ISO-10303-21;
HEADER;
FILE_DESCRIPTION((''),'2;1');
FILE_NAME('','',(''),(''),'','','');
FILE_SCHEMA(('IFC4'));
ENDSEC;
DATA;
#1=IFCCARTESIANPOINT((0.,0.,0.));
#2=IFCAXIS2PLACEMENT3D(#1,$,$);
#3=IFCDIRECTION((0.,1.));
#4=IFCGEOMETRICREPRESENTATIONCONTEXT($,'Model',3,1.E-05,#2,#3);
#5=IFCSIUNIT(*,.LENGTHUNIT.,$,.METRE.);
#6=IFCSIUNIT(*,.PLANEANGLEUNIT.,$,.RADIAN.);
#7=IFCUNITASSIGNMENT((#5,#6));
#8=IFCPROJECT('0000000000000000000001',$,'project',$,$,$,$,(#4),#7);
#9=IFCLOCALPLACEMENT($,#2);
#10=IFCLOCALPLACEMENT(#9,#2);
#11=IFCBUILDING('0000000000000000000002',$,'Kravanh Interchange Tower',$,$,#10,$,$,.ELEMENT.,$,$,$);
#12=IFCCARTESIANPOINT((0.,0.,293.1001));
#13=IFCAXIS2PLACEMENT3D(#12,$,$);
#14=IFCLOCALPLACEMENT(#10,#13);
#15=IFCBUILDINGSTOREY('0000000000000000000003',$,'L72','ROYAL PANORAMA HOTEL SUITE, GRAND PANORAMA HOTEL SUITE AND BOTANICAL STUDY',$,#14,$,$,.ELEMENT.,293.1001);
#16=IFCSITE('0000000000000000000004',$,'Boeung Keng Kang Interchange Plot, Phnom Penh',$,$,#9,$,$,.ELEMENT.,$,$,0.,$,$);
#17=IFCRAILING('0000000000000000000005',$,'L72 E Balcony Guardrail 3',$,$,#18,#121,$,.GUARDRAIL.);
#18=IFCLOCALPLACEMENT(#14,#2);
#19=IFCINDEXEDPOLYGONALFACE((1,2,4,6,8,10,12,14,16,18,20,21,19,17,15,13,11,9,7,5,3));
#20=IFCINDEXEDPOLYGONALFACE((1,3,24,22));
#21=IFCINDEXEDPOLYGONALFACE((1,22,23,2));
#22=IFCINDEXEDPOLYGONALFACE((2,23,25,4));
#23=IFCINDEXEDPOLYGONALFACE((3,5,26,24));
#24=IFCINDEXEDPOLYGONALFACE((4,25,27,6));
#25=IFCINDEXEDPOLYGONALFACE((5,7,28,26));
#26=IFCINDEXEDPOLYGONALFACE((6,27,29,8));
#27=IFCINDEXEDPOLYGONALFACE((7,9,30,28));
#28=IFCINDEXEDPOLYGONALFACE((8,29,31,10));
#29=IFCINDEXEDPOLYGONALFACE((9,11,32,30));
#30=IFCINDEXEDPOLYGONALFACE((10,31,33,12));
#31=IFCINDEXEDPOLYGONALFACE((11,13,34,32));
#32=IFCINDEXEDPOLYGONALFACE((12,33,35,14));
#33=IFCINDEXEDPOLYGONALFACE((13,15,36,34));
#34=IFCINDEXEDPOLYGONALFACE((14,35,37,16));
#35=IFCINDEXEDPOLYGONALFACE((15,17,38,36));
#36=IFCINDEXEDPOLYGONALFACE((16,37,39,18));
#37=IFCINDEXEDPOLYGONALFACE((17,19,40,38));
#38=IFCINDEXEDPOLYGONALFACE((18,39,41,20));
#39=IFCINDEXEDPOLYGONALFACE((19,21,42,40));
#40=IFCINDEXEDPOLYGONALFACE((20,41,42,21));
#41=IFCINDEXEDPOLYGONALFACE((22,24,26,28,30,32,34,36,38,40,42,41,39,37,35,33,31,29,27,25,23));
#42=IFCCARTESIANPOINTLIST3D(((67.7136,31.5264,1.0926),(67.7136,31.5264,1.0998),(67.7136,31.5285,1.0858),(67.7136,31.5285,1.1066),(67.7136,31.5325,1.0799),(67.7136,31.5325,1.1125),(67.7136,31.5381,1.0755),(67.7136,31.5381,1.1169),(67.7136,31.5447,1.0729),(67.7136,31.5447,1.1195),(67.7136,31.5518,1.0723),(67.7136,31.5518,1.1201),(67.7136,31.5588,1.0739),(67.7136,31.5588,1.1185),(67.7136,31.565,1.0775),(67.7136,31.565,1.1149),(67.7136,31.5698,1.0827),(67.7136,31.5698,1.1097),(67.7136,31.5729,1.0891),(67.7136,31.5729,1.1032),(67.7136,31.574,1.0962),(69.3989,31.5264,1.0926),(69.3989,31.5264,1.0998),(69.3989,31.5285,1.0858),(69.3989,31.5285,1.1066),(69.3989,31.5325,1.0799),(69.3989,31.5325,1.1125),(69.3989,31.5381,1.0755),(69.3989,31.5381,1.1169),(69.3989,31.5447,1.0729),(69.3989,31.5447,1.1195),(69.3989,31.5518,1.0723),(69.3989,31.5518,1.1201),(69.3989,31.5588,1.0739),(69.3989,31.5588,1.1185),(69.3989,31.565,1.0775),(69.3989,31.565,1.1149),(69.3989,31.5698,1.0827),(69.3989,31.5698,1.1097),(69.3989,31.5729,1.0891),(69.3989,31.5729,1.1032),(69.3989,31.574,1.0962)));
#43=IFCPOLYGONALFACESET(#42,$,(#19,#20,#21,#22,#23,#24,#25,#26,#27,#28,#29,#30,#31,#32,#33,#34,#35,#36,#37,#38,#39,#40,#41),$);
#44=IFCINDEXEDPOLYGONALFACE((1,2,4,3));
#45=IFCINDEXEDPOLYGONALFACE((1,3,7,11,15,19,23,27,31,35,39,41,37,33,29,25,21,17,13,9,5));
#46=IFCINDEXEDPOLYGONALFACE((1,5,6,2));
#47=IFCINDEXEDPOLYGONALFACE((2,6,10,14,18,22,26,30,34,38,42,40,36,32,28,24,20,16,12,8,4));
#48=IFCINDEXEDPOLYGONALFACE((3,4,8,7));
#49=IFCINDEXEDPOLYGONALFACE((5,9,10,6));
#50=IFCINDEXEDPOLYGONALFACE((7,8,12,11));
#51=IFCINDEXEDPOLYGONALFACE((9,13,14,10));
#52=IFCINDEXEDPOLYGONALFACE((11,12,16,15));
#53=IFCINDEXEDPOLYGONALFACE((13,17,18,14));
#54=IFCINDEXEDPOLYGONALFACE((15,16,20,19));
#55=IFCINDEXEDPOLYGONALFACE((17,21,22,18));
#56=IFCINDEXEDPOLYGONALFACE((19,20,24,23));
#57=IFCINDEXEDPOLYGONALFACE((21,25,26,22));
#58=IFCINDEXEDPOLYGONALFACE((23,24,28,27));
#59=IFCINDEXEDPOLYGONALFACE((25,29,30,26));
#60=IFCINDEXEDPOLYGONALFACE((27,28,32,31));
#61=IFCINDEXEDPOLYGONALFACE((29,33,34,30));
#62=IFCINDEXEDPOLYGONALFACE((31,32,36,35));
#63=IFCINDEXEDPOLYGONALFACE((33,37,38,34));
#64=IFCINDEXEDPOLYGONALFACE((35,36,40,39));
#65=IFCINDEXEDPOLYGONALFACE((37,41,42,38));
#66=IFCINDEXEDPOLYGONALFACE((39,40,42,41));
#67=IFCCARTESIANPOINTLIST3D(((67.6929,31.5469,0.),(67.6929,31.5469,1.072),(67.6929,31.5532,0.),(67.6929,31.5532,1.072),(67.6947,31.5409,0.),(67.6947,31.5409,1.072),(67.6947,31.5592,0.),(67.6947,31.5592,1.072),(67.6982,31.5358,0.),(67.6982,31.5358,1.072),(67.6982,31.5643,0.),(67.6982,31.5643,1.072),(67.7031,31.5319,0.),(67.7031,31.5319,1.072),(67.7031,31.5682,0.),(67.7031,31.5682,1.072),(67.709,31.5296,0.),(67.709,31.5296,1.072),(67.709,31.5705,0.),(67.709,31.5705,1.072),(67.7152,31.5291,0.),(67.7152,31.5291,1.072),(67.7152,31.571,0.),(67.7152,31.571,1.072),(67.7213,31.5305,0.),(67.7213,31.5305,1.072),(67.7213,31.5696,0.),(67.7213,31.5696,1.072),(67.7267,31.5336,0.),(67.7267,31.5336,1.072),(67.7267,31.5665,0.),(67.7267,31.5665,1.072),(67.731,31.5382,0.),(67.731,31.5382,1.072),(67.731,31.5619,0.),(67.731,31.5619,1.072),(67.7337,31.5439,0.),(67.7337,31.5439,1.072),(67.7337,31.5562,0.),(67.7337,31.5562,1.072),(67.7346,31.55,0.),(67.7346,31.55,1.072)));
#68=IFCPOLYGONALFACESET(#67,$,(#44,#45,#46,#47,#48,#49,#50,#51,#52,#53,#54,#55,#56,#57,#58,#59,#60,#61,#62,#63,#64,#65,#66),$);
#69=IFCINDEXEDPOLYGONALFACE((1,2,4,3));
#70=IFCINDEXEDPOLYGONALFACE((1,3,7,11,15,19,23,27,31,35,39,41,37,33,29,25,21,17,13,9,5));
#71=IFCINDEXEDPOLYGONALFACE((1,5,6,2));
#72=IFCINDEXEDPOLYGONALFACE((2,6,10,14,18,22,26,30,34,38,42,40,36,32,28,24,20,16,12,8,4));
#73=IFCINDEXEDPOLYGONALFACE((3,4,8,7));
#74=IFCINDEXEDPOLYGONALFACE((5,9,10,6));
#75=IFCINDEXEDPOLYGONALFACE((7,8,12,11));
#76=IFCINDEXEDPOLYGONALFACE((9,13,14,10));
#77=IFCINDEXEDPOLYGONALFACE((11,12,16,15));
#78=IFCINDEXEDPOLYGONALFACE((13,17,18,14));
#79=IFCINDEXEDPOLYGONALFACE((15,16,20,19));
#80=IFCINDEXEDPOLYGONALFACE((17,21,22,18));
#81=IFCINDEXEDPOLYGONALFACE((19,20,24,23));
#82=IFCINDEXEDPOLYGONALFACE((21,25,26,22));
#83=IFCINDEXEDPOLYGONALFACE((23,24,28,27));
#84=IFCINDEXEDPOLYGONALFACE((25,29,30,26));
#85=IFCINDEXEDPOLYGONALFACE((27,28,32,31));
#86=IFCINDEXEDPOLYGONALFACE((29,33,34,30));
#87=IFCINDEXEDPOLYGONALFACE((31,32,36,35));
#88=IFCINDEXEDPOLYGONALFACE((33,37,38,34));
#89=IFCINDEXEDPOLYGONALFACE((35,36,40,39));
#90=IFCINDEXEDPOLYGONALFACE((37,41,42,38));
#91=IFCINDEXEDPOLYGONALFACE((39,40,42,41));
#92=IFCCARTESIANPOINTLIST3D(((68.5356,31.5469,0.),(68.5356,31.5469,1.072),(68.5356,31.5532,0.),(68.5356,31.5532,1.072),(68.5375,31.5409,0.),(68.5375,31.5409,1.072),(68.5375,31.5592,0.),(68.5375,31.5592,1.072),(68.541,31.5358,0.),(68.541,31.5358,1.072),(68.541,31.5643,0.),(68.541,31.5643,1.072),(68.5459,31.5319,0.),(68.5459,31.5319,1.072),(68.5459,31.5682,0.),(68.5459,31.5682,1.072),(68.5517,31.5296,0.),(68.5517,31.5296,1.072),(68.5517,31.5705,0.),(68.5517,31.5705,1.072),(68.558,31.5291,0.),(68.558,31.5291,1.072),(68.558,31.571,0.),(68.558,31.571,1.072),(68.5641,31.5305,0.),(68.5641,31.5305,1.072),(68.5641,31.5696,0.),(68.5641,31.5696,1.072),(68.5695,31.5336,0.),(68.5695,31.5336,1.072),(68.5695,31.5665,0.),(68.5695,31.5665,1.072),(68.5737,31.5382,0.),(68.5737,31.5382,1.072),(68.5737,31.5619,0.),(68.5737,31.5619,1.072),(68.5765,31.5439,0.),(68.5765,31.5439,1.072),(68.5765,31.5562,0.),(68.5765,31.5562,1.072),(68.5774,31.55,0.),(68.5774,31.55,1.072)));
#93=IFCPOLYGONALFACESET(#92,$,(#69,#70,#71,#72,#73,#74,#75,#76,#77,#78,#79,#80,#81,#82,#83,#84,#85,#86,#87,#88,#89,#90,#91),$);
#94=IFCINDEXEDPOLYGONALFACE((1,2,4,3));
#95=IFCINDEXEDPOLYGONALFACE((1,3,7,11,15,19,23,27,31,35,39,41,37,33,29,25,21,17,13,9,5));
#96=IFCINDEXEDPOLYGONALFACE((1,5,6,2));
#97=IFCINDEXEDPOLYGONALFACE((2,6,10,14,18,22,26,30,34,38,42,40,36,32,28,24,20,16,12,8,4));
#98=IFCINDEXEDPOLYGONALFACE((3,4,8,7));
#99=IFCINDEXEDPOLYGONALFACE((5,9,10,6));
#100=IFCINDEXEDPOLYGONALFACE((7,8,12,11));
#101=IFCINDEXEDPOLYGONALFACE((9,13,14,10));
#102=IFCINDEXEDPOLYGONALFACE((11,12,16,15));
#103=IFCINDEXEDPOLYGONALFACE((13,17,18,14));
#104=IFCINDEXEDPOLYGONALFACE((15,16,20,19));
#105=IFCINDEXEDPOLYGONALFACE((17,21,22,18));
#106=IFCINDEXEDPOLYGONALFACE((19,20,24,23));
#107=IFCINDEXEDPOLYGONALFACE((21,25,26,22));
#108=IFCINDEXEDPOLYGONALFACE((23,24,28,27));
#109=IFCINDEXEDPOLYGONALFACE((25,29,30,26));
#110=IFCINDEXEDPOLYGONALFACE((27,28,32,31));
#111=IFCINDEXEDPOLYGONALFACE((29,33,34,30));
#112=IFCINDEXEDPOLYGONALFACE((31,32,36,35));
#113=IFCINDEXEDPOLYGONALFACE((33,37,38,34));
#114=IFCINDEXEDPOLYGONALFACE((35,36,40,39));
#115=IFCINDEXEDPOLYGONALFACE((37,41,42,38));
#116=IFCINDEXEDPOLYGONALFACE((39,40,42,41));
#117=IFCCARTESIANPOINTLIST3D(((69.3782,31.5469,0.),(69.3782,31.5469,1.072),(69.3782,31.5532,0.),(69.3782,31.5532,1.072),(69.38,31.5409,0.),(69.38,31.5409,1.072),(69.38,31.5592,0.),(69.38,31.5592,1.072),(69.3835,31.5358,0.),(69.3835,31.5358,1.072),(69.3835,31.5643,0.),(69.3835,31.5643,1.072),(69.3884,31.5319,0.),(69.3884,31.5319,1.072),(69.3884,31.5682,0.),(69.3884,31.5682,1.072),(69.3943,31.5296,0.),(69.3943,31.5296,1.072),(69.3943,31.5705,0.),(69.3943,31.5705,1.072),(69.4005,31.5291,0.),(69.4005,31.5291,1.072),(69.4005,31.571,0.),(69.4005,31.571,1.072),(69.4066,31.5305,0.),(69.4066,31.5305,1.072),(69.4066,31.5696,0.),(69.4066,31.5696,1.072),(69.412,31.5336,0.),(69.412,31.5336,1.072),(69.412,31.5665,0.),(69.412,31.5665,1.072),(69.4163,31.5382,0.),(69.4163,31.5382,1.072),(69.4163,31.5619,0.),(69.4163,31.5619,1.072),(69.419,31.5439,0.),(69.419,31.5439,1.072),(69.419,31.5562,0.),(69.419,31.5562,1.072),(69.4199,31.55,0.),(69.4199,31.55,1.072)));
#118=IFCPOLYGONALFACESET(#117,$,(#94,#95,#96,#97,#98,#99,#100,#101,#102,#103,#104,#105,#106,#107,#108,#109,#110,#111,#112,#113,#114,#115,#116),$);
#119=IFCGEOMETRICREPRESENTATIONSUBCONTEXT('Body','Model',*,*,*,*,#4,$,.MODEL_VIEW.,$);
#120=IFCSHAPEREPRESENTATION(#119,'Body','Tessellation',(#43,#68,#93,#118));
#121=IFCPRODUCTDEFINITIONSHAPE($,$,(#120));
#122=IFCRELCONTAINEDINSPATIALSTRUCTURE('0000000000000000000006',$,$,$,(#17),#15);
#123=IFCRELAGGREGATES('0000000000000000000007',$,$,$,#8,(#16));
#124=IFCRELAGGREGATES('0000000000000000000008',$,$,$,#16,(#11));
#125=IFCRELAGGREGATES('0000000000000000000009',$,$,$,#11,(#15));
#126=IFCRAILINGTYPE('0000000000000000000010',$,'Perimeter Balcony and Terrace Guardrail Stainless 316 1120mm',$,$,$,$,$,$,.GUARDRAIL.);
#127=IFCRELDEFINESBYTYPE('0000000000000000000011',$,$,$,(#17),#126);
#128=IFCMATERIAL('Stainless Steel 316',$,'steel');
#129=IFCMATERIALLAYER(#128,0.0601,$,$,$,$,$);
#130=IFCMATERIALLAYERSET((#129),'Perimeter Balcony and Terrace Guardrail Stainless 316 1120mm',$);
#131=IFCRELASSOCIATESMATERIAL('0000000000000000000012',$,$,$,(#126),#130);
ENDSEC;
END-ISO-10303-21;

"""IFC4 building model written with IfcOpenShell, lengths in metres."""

from ifc_helpers import new_model, si_unit, direction, frame, origin, origin_2d, place, context, subcontext, project, spatial, circle, extrude, material, layer, layer_set, type_object, element, save


model = new_model("IFC4")

# Units and contexts
model_context = context("Model", 3, precision=1e-05, world=origin(), true_north=direction((0.0, 1.0)))
body_context = subcontext(model_context, "Body", "Model", "MODEL_VIEW")
ifc_project = project(units=[si_unit("LENGTHUNIT", "METRE"), si_unit("PLANEANGLEUNIT", "RADIAN")], contexts=[model_context])

# Site, building, storey
site_placement = place(None, origin())
site = spatial("IfcSite", under=ifc_project, at=site_placement, Name="Boeung Keng Kang Interchange Plot, Phnom Penh", CompositionType="ELEMENT", RefElevation=0.0)
building_placement = place(site_placement, origin())
building = spatial("IfcBuilding", under=site, at=building_placement, Name="Kravanh Interchange Tower", CompositionType="ELEMENT")
storey_placement = place(building_placement, frame((0.0, 0.0, 293.1001)))
storey = spatial("IfcBuildingStorey", under=building, at=storey_placement, Name="L72", Description="ROYAL PANORAMA HOTEL SUITE, GRAND PANORAMA HOTEL SUITE AND BOTANICAL STUDY", CompositionType="ELEMENT", Elevation=293.1001)

# Railing
ifc_material_1 = material(Name="Stainless Steel 316", Category="steel")
ifc_layer_1 = layer(ifc_material_1, 0.0601)
ifc_layer_set_1 = layer_set([ifc_layer_1], Name="Perimeter Balcony and Terrace Guardrail Stainless 316 1120mm")
railing_type_1 = type_object("IfcRailingType", Name="Perimeter Balcony and Terrace Guardrail Stainless 316 1120mm", PredefinedType="GUARDRAIL", material=ifc_layer_set_1)
railing_1_placement = place(storey_placement, frame((67.7136, 31.55, 0.0)))
element("IfcRailing", 1, at=railing_1_placement, inside=storey, type_object=railing_type_1, Name="L72 E Balcony Guardrail 3", PredefinedType="GUARDRAIL", context=body_context, shape_type="SweptSolid", body=[
    extrude(circle(Radius=0.0239, at=origin_2d()), frame((0.0, 0.0, 1.0962), z_axis=(1.0, 0.0, 0.0), x_axis=(0.0, 1.0, 0.0)), (0.0, 0.0, 1.0), 1.6853),
    extrude(circle(Radius=0.021, at=origin_2d()), origin(), (0.0, 0.0, 1.0), 1.072),
    extrude(circle(Radius=0.021, at=origin_2d()), frame((0.8428, 0.0, 0.0)), (0.0, 0.0, 1.0), 1.072),
    extrude(circle(Radius=0.021, at=origin_2d()), frame((1.6853, 0.0, 0.0)), (0.0, 0.0, 1.0), 1.072),
])

save(model, "model.ifc")
